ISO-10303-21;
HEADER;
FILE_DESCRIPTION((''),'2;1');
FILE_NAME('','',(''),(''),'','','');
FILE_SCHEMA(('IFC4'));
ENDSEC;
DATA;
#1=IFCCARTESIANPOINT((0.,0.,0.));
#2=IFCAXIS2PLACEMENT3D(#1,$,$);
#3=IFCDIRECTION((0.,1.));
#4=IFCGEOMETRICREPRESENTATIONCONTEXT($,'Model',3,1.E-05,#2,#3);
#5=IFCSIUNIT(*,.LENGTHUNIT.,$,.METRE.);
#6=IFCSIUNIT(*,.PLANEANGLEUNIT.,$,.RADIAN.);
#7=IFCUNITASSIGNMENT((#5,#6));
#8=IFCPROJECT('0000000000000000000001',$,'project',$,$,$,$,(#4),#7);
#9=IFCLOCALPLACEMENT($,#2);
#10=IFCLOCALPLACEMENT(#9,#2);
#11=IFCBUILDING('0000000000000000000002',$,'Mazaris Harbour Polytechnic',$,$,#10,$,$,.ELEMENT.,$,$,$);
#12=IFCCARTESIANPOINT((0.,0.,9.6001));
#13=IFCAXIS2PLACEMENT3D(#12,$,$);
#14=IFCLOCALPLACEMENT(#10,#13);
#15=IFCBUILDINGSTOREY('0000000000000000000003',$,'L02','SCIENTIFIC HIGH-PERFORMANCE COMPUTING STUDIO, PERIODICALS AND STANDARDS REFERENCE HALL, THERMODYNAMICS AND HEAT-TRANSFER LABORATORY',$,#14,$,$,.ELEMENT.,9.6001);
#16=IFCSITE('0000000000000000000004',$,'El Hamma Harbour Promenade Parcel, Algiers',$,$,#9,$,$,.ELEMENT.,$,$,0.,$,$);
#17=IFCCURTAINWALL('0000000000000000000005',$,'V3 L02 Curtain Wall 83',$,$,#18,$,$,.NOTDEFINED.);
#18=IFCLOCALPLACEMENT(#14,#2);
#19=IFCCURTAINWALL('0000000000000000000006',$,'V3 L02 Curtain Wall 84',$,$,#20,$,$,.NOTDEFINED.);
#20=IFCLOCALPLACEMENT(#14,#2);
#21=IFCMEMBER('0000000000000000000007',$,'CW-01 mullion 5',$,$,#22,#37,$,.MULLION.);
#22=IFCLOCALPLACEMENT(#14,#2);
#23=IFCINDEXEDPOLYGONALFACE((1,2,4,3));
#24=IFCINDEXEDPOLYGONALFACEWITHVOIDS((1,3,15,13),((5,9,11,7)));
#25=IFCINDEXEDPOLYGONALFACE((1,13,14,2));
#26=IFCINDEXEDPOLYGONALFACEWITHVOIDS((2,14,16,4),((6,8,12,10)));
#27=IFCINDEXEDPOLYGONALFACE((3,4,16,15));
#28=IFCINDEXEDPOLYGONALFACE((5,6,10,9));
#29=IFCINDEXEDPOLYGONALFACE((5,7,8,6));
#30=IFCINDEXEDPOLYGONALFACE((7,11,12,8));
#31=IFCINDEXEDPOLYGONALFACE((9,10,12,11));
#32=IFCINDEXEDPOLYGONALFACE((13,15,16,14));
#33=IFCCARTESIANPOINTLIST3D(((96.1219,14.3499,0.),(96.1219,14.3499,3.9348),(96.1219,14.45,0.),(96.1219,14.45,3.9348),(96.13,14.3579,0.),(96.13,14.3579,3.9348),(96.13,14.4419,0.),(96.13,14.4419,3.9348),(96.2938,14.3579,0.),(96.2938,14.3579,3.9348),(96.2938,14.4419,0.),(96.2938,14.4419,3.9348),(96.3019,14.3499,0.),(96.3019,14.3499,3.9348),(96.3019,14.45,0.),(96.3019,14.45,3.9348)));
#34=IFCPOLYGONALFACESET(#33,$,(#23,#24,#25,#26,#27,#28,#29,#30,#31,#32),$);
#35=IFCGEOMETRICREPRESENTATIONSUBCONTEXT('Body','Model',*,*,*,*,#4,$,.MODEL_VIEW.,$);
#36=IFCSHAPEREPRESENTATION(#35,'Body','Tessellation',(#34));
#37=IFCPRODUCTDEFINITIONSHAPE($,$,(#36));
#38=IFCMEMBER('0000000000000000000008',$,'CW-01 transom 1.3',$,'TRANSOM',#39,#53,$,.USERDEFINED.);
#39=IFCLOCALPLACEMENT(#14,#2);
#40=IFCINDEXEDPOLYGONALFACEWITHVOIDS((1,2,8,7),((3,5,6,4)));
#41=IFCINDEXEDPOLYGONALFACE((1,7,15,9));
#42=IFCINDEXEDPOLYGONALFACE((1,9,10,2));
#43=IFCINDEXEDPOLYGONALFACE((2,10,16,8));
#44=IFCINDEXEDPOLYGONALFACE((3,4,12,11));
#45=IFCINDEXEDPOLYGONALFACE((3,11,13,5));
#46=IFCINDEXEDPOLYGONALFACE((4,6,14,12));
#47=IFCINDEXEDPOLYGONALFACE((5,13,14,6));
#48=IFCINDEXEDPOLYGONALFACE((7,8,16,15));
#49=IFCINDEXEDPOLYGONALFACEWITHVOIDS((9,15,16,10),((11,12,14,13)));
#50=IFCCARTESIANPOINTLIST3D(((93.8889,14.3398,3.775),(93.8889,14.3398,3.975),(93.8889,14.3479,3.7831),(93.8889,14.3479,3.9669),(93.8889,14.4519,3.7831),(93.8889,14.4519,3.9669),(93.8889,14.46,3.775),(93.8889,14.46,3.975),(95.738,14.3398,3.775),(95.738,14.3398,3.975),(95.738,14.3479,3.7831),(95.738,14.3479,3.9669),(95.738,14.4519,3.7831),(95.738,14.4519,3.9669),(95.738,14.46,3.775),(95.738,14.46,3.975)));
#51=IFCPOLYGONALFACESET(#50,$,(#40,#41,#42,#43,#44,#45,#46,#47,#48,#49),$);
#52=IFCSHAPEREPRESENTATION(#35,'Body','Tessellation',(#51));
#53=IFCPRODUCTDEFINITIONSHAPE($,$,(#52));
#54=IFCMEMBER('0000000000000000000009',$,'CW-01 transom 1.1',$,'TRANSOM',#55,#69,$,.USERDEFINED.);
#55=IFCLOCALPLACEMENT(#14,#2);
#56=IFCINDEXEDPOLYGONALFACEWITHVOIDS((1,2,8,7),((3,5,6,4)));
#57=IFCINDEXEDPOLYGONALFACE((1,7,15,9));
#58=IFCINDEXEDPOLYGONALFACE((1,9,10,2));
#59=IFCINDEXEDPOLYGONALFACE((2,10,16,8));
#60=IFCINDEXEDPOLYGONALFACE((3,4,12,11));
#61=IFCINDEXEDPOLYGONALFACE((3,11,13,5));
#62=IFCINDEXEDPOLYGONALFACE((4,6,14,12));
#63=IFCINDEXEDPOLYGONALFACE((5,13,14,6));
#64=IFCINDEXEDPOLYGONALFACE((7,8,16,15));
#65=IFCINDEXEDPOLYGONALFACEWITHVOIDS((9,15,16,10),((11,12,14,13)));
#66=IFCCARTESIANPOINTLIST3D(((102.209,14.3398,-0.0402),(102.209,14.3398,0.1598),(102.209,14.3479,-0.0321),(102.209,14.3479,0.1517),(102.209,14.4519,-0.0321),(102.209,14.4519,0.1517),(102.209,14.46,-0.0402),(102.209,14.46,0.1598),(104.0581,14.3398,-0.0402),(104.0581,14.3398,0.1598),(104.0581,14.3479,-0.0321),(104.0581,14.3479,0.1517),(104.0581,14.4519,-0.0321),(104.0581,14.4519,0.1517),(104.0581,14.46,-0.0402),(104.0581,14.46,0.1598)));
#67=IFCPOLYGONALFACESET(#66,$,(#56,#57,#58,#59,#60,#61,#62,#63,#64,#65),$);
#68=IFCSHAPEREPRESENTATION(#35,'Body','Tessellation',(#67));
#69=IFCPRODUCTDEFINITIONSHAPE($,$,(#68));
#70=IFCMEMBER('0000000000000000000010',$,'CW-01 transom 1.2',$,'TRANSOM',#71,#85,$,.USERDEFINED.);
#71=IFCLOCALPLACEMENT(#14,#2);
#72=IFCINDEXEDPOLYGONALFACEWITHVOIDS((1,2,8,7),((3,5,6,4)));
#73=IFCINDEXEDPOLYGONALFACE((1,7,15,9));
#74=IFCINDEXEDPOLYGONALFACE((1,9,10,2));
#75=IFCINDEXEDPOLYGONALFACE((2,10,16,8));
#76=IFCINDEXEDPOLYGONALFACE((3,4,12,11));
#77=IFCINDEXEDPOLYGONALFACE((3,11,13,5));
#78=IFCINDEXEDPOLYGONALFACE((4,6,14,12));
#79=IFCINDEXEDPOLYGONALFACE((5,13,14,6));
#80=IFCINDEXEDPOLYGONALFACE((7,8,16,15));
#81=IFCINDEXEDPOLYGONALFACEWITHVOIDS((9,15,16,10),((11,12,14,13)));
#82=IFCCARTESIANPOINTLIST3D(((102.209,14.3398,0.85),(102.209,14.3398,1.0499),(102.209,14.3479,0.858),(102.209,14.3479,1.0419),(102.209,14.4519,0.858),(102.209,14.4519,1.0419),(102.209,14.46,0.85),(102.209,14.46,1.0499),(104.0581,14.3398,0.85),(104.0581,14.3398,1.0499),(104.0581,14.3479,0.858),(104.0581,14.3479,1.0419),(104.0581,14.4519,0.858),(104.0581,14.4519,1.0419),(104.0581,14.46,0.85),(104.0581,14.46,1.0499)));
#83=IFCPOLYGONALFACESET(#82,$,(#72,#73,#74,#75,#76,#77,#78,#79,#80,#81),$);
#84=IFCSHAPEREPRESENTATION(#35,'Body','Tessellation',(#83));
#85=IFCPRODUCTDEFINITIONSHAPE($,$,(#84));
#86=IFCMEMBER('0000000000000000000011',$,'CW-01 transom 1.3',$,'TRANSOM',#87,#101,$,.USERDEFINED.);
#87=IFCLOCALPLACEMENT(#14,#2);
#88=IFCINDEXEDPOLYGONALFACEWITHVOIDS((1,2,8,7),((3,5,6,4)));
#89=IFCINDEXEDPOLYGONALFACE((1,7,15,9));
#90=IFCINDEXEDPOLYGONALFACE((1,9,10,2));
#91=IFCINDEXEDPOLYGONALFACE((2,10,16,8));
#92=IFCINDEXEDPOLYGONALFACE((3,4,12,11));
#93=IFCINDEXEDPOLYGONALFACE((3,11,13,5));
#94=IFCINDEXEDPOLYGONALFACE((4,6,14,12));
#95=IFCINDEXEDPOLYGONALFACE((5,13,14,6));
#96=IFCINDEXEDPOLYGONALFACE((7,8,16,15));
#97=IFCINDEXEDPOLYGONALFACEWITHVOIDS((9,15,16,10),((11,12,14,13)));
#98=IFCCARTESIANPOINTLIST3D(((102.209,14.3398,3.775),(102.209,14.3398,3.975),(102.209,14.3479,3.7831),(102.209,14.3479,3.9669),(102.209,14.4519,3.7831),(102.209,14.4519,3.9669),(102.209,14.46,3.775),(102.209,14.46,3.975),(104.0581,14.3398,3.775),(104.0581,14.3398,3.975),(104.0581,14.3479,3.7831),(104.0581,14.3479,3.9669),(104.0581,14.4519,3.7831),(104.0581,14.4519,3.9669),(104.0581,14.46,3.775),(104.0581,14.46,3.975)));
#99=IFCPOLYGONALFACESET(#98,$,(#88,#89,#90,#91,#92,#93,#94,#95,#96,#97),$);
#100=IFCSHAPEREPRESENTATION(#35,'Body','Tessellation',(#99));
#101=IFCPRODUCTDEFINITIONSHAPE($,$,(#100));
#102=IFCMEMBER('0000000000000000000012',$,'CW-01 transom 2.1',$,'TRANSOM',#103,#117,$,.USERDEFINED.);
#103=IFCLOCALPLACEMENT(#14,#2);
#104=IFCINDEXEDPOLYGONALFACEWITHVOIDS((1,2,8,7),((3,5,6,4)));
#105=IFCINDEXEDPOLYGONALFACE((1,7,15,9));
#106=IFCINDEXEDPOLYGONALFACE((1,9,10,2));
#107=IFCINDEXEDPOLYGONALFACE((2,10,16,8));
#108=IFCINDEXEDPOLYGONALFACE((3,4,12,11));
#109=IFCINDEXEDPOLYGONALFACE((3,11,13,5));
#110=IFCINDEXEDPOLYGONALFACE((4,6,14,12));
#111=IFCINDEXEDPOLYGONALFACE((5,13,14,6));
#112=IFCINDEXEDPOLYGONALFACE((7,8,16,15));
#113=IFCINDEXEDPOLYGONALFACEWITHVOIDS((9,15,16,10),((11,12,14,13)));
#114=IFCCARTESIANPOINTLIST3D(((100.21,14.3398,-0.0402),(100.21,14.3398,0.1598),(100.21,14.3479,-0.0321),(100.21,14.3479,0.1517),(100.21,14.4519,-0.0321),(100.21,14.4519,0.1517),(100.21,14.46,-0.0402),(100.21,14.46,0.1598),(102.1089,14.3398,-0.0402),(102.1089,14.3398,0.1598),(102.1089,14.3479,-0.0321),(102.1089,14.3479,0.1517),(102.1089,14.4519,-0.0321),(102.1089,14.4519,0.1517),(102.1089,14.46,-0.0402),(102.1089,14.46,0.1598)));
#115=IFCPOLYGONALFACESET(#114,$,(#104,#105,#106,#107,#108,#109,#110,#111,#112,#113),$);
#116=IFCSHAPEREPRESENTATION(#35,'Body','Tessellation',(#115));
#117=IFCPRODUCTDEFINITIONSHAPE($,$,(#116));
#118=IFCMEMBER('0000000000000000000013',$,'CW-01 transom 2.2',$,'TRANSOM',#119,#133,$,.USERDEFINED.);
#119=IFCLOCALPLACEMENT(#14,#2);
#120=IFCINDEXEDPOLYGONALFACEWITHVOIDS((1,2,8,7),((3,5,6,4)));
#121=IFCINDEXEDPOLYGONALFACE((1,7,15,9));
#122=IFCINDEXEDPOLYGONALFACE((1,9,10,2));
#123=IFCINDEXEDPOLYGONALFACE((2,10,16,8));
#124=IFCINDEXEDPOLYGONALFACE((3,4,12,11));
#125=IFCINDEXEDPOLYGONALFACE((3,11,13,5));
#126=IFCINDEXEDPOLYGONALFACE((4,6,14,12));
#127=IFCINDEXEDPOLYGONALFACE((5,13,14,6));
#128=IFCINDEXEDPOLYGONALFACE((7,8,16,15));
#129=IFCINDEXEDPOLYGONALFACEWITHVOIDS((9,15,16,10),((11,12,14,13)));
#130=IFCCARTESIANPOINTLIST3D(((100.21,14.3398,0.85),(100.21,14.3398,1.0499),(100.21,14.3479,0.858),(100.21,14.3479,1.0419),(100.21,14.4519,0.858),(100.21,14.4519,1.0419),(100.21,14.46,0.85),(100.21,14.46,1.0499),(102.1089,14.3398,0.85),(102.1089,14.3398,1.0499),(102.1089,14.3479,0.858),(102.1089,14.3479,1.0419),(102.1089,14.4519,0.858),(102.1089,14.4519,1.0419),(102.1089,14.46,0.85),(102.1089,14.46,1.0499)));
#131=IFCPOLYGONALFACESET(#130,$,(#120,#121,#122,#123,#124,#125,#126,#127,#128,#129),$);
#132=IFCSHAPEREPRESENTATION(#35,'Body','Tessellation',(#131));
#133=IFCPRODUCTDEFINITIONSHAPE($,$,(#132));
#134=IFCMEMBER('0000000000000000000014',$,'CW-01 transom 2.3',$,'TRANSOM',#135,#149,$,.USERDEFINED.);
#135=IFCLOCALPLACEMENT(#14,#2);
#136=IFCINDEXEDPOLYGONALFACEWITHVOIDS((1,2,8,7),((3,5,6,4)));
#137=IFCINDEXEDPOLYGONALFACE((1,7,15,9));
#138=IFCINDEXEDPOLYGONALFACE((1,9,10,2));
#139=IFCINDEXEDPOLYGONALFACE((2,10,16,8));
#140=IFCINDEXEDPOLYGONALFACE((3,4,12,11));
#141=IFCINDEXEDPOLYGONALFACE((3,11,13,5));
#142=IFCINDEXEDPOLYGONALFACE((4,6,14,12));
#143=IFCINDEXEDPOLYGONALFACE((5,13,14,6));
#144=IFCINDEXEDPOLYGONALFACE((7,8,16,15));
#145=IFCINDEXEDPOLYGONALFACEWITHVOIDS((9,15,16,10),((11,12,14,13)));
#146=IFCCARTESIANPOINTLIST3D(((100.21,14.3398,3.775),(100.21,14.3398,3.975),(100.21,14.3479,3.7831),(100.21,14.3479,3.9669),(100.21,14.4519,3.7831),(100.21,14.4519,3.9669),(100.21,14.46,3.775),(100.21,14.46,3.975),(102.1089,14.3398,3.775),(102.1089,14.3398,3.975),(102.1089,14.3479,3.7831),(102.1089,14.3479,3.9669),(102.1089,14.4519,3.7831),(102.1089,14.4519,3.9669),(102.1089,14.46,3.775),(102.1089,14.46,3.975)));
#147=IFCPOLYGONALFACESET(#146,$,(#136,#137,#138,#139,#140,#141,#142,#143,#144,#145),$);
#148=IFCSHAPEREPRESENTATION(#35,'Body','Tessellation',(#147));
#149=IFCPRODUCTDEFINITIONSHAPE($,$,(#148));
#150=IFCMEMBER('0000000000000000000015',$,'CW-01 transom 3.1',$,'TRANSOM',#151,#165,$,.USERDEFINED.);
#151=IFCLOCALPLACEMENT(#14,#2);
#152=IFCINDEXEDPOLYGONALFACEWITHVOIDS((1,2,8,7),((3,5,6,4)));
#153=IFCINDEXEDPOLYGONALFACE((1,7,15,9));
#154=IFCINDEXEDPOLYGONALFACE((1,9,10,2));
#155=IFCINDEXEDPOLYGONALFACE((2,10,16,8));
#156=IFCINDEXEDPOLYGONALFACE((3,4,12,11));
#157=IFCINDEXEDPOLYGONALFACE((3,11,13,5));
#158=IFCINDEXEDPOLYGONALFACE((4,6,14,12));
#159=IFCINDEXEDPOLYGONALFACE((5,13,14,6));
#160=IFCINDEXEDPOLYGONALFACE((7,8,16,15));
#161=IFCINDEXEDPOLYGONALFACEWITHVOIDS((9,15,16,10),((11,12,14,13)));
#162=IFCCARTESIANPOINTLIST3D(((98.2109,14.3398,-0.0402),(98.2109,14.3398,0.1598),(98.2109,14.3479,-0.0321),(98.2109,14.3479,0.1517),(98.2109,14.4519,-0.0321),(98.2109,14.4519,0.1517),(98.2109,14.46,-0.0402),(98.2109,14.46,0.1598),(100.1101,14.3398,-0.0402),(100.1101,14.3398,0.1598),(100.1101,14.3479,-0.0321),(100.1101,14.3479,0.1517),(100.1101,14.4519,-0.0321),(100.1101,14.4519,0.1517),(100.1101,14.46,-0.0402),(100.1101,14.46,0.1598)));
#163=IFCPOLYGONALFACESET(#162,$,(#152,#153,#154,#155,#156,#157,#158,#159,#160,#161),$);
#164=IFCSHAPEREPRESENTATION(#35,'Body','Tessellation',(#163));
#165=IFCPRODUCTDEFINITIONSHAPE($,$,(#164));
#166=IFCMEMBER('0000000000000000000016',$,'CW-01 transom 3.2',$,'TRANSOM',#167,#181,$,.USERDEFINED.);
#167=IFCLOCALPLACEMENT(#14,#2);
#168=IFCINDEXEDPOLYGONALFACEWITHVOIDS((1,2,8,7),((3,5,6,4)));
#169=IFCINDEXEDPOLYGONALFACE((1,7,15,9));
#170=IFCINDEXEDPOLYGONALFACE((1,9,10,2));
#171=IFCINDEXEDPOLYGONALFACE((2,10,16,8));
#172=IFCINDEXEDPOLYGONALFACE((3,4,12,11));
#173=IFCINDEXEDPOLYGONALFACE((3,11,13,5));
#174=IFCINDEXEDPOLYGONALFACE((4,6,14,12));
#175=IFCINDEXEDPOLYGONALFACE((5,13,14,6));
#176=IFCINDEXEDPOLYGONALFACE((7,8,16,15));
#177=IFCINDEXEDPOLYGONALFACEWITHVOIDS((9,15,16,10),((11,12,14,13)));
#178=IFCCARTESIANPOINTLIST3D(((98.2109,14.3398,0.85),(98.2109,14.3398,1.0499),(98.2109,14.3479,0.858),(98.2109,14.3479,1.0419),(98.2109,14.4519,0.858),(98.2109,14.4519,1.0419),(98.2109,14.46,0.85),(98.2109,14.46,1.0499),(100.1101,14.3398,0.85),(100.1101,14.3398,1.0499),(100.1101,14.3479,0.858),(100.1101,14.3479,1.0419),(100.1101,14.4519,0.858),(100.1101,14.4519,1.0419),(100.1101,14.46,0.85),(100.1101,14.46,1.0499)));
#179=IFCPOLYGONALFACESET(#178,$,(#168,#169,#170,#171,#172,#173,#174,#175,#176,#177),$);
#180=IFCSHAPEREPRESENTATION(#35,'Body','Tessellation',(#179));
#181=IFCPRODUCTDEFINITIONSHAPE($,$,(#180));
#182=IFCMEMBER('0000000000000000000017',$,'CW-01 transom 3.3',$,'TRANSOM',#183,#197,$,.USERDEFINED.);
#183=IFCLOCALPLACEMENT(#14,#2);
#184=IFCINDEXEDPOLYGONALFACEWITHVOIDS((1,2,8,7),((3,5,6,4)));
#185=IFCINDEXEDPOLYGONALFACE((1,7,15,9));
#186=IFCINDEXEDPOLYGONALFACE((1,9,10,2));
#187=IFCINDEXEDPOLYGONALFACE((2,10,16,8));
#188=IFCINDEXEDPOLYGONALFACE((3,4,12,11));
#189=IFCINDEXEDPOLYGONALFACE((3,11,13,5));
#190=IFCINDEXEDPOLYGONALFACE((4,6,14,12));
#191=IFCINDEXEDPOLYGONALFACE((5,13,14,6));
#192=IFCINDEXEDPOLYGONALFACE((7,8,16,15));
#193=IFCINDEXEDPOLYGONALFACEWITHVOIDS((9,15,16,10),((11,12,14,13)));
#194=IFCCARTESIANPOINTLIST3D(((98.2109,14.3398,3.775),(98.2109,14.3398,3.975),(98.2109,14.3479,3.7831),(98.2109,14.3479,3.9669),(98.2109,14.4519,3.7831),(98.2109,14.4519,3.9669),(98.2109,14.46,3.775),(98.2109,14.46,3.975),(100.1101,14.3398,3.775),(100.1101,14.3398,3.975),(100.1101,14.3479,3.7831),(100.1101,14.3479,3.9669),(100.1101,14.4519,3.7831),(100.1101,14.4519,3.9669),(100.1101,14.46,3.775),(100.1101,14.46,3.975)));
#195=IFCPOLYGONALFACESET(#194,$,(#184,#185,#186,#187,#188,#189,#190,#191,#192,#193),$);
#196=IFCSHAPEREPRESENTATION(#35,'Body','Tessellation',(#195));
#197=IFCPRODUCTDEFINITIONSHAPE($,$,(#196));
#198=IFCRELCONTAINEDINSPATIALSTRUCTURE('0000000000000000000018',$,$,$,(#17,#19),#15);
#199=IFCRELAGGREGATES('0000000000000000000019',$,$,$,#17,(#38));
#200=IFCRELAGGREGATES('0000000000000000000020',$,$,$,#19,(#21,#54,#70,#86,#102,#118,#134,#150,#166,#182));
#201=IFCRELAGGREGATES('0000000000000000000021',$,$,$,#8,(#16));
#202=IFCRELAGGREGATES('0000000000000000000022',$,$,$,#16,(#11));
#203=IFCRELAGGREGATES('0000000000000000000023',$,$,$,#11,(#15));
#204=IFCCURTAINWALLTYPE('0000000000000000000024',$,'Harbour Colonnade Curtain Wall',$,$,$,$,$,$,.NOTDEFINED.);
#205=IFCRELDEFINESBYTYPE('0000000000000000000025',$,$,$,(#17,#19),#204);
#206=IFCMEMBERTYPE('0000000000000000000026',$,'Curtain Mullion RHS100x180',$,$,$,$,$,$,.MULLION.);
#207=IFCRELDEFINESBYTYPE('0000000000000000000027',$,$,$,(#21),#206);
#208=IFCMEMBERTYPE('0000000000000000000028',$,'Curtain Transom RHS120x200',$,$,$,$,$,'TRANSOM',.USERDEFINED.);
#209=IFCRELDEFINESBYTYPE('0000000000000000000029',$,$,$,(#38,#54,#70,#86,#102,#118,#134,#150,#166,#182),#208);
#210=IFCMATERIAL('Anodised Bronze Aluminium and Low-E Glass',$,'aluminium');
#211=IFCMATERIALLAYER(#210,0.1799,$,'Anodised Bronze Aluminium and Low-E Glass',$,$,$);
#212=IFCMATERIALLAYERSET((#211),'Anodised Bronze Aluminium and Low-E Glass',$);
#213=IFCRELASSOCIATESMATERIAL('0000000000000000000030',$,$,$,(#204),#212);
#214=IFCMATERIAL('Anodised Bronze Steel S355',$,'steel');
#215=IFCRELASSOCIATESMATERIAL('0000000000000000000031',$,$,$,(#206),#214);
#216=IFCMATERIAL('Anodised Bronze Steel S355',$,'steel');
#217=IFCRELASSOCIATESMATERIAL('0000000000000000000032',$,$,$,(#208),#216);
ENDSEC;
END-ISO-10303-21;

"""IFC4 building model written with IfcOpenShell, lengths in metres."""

from ifc_helpers import new_model, si_unit, direction, frame, origin, origin_2d, place, context, subcontext, project, spatial, hollow_rectangle, extrude, material, layer, layer_set, material_profile, profile_set, type_object, element, aggregate, save


model = new_model("IFC4")

# Units and contexts
model_context = context("Model", 3, precision=1e-05, world=origin(), true_north=direction((0.0, 1.0)))
body_context = subcontext(model_context, "Body", "Model", "MODEL_VIEW")
ifc_project = project(units=[si_unit("LENGTHUNIT", "METRE"), si_unit("PLANEANGLEUNIT", "RADIAN")], contexts=[model_context])

# Site, building, storey
site_placement = place(None, origin())
site = spatial("IfcSite", under=ifc_project, at=site_placement, Name="El Hamma Harbour Promenade Parcel, Algiers", CompositionType="ELEMENT", RefElevation=0.0)
building_placement = place(site_placement, origin())
building = spatial("IfcBuilding", under=site, at=building_placement, Name="Mazaris Harbour Polytechnic", CompositionType="ELEMENT")
storey_placement = place(building_placement, frame((0.0, 0.0, 9.6001)))
storey = spatial("IfcBuildingStorey", under=building, at=storey_placement, Name="L02", Description="SCIENTIFIC HIGH-PERFORMANCE COMPUTING STUDIO, PERIODICALS AND STANDARDS REFERENCE HALL, THERMODYNAMICS AND HEAT-TRANSFER LABORATORY", CompositionType="ELEMENT", Elevation=9.6001)

# Curtain wall
ifc_material_1 = material(Name="Anodised Bronze Aluminium and Low-E Glass", Category="aluminium")
ifc_layer_1 = layer(ifc_material_1, 0.1799, Name="Anodised Bronze Aluminium and Low-E Glass")
ifc_layer_set_1 = layer_set([ifc_layer_1], Name="Anodised Bronze Aluminium and Low-E Glass")
curtain_wall_type = type_object("IfcCurtainWallType", Name="Harbour Colonnade Curtain Wall", PredefinedType="NOTDEFINED", material=ifc_layer_set_1)
curtain_wall_1_placement = place(storey_placement, origin())
curtain_wall_1 = element("IfcCurtainWall", 1, at=curtain_wall_1_placement, inside=storey, type_object=curtain_wall_type, Name="V3 L02 Curtain Wall 83", PredefinedType="NOTDEFINED")
ifc_material_2 = material(Name="Anodised Bronze Steel S355", Category="steel")
ifc_material_profile_1 = material_profile(ifc_material_2, hollow_rectangle(XDim=0.1001, YDim=0.1799, WallThickness=0.0081, at=origin_2d()), Name="RHS 100x180x8.0")
ifc_profile_set_1 = profile_set([ifc_material_profile_1], Name="Anodised Bronze Steel S355")
member_type_1 = type_object("IfcMemberType", Name="Curtain Mullion RHS100x180", PredefinedType="MULLION", material=ifc_profile_set_1)

# Curtain wall, member
curtain_wall_2_placement = place(storey_placement, origin())
curtain_wall_2 = element("IfcCurtainWall", 2, at=curtain_wall_2_placement, inside=storey, type_object=curtain_wall_type, Name="V3 L02 Curtain Wall 84", PredefinedType="NOTDEFINED")
member_1_placement = place(storey_placement, frame((96.2119, 14.3999, 0.0), z_axis=(0.0, 0.0, 1.0), x_axis=(0.0, -1.0, 0.0)))
member_1 = element("IfcMember", 3, at=member_1_placement, type_object=member_type_1, Name="CW-01 mullion 5", PredefinedType="MULLION", context=body_context, shape_type="SweptSolid", body=[
    extrude(hollow_rectangle(XDim=0.1001, YDim=0.1799, WallThickness=0.0081, at=origin_2d()), origin(), (0.0, 0.0, 1.0), 3.9348),
])

# Members
ifc_material_3 = material(Name="Anodised Bronze Steel S355", Category="steel")
ifc_material_profile_2 = material_profile(ifc_material_3, hollow_rectangle(XDim=0.1201, YDim=0.2, WallThickness=0.0081, at=origin_2d()), Name="RHS 120x200x8.0")
ifc_profile_set_2 = profile_set([ifc_material_profile_2], Name="Anodised Bronze Steel S355")
member_type_2 = type_object("IfcMemberType", Name="Curtain Transom RHS120x200", ElementType="TRANSOM", PredefinedType="USERDEFINED", material=ifc_profile_set_2)
member_2_placement = place(storey_placement, frame((95.738, 14.3999, 3.875), z_axis=(-1.0, 0.0, 0.0), x_axis=(0.0, -1.0, 0.0)))
member_2 = element("IfcMember", 4, at=member_2_placement, type_object=member_type_2, Name="CW-01 transom 1.3", ObjectType="TRANSOM", PredefinedType="USERDEFINED", context=body_context, shape_type="SweptSolid", body=[
    extrude(hollow_rectangle(XDim=0.1201, YDim=0.2, WallThickness=0.0081, at=origin_2d()), origin(), (0.0, 0.0, 1.0), 1.8491),
])
aggregate(curtain_wall_1, [member_2])
member_3_placement = place(storey_placement, frame((104.0581, 14.3999, 0.0598), z_axis=(-1.0, 0.0, 0.0), x_axis=(0.0, -1.0, 0.0)))
member_3 = element("IfcMember", 5, at=member_3_placement, type_object=member_type_2, Name="CW-01 transom 1.1", ObjectType="TRANSOM", PredefinedType="USERDEFINED", context=body_context, shape_type="SweptSolid", body=[
    extrude(hollow_rectangle(XDim=0.1201, YDim=0.2, WallThickness=0.0081, at=origin_2d()), origin(), (0.0, 0.0, 1.0), 1.8491),
])
member_4_placement = place(storey_placement, frame((104.0581, 14.3999, 0.95), z_axis=(-1.0, 0.0, 0.0), x_axis=(0.0, -1.0, 0.0)))
member_4 = element("IfcMember", 6, at=member_4_placement, type_object=member_type_2, Name="CW-01 transom 1.2", ObjectType="TRANSOM", PredefinedType="USERDEFINED", context=body_context, shape_type="SweptSolid", body=[
    extrude(hollow_rectangle(XDim=0.1201, YDim=0.2, WallThickness=0.0081, at=origin_2d()), origin(), (0.0, 0.0, 1.0), 1.8491),
])
member_5_placement = place(storey_placement, frame((104.0581, 14.3999, 3.875), z_axis=(-1.0, 0.0, 0.0), x_axis=(0.0, -1.0, 0.0)))
member_5 = element("IfcMember", 7, at=member_5_placement, type_object=member_type_2, Name="CW-01 transom 1.3", ObjectType="TRANSOM", PredefinedType="USERDEFINED", context=body_context, shape_type="SweptSolid", body=[
    extrude(hollow_rectangle(XDim=0.1201, YDim=0.2, WallThickness=0.0081, at=origin_2d()), origin(), (0.0, 0.0, 1.0), 1.8491),
])
member_6_placement = place(storey_placement, frame((102.1089, 14.3999, 0.0598), z_axis=(-1.0, 0.0, 0.0), x_axis=(0.0, -1.0, 0.0)))
member_6 = element("IfcMember", 8, at=member_6_placement, type_object=member_type_2, Name="CW-01 transom 2.1", ObjectType="TRANSOM", PredefinedType="USERDEFINED", context=body_context, shape_type="SweptSolid", body=[
    extrude(hollow_rectangle(XDim=0.1201, YDim=0.2, WallThickness=0.0081, at=origin_2d()), origin(), (0.0, 0.0, 1.0), 1.8989),
])
member_7_placement = place(storey_placement, frame((102.1089, 14.3999, 0.95), z_axis=(-1.0, 0.0, 0.0), x_axis=(0.0, -1.0, 0.0)))
member_7 = element("IfcMember", 9, at=member_7_placement, type_object=member_type_2, Name="CW-01 transom 2.2", ObjectType="TRANSOM", PredefinedType="USERDEFINED", context=body_context, shape_type="SweptSolid", body=[
    extrude(hollow_rectangle(XDim=0.1201, YDim=0.2, WallThickness=0.0081, at=origin_2d()), origin(), (0.0, 0.0, 1.0), 1.8989),
])
member_8_placement = place(storey_placement, frame((102.1089, 14.3999, 3.875), z_axis=(-1.0, 0.0, 0.0), x_axis=(0.0, -1.0, 0.0)))
member_8 = element("IfcMember", 10, at=member_8_placement, type_object=member_type_2, Name="CW-01 transom 2.3", ObjectType="TRANSOM", PredefinedType="USERDEFINED", context=body_context, shape_type="SweptSolid", body=[
    extrude(hollow_rectangle(XDim=0.1201, YDim=0.2, WallThickness=0.0081, at=origin_2d()), origin(), (0.0, 0.0, 1.0), 1.8989),
])
member_9_placement = place(storey_placement, frame((100.1101, 14.3999, 0.0598), z_axis=(-1.0, 0.0, 0.0), x_axis=(0.0, -1.0, 0.0)))
member_9 = element("IfcMember", 11, at=member_9_placement, type_object=member_type_2, Name="CW-01 transom 3.1", ObjectType="TRANSOM", PredefinedType="USERDEFINED", context=body_context, shape_type="SweptSolid", body=[
    extrude(hollow_rectangle(XDim=0.1201, YDim=0.2, WallThickness=0.0081, at=origin_2d()), origin(), (0.0, 0.0, 1.0), 1.8992),
])
member_10_placement = place(storey_placement, frame((100.1101, 14.3999, 0.95), z_axis=(-1.0, 0.0, 0.0), x_axis=(0.0, -1.0, 0.0)))
member_10 = element("IfcMember", 12, at=member_10_placement, type_object=member_type_2, Name="CW-01 transom 3.2", ObjectType="TRANSOM", PredefinedType="USERDEFINED", context=body_context, shape_type="SweptSolid", body=[
    extrude(hollow_rectangle(XDim=0.1201, YDim=0.2, WallThickness=0.0081, at=origin_2d()), origin(), (0.0, 0.0, 1.0), 1.8992),
])
member_11_placement = place(storey_placement, frame((100.1101, 14.3999, 3.875), z_axis=(-1.0, 0.0, 0.0), x_axis=(0.0, -1.0, 0.0)))
member_11 = element("IfcMember", 13, at=member_11_placement, type_object=member_type_2, Name="CW-01 transom 3.3", ObjectType="TRANSOM", PredefinedType="USERDEFINED", context=body_context, shape_type="SweptSolid", body=[
    extrude(hollow_rectangle(XDim=0.1201, YDim=0.2, WallThickness=0.0081, at=origin_2d()), origin(), (0.0, 0.0, 1.0), 1.8992),
])

aggregate(curtain_wall_2, [member_1, member_3, member_4, member_5, member_6, member_7, member_8, member_9, member_10, member_11])

save(model, "model.ifc")
